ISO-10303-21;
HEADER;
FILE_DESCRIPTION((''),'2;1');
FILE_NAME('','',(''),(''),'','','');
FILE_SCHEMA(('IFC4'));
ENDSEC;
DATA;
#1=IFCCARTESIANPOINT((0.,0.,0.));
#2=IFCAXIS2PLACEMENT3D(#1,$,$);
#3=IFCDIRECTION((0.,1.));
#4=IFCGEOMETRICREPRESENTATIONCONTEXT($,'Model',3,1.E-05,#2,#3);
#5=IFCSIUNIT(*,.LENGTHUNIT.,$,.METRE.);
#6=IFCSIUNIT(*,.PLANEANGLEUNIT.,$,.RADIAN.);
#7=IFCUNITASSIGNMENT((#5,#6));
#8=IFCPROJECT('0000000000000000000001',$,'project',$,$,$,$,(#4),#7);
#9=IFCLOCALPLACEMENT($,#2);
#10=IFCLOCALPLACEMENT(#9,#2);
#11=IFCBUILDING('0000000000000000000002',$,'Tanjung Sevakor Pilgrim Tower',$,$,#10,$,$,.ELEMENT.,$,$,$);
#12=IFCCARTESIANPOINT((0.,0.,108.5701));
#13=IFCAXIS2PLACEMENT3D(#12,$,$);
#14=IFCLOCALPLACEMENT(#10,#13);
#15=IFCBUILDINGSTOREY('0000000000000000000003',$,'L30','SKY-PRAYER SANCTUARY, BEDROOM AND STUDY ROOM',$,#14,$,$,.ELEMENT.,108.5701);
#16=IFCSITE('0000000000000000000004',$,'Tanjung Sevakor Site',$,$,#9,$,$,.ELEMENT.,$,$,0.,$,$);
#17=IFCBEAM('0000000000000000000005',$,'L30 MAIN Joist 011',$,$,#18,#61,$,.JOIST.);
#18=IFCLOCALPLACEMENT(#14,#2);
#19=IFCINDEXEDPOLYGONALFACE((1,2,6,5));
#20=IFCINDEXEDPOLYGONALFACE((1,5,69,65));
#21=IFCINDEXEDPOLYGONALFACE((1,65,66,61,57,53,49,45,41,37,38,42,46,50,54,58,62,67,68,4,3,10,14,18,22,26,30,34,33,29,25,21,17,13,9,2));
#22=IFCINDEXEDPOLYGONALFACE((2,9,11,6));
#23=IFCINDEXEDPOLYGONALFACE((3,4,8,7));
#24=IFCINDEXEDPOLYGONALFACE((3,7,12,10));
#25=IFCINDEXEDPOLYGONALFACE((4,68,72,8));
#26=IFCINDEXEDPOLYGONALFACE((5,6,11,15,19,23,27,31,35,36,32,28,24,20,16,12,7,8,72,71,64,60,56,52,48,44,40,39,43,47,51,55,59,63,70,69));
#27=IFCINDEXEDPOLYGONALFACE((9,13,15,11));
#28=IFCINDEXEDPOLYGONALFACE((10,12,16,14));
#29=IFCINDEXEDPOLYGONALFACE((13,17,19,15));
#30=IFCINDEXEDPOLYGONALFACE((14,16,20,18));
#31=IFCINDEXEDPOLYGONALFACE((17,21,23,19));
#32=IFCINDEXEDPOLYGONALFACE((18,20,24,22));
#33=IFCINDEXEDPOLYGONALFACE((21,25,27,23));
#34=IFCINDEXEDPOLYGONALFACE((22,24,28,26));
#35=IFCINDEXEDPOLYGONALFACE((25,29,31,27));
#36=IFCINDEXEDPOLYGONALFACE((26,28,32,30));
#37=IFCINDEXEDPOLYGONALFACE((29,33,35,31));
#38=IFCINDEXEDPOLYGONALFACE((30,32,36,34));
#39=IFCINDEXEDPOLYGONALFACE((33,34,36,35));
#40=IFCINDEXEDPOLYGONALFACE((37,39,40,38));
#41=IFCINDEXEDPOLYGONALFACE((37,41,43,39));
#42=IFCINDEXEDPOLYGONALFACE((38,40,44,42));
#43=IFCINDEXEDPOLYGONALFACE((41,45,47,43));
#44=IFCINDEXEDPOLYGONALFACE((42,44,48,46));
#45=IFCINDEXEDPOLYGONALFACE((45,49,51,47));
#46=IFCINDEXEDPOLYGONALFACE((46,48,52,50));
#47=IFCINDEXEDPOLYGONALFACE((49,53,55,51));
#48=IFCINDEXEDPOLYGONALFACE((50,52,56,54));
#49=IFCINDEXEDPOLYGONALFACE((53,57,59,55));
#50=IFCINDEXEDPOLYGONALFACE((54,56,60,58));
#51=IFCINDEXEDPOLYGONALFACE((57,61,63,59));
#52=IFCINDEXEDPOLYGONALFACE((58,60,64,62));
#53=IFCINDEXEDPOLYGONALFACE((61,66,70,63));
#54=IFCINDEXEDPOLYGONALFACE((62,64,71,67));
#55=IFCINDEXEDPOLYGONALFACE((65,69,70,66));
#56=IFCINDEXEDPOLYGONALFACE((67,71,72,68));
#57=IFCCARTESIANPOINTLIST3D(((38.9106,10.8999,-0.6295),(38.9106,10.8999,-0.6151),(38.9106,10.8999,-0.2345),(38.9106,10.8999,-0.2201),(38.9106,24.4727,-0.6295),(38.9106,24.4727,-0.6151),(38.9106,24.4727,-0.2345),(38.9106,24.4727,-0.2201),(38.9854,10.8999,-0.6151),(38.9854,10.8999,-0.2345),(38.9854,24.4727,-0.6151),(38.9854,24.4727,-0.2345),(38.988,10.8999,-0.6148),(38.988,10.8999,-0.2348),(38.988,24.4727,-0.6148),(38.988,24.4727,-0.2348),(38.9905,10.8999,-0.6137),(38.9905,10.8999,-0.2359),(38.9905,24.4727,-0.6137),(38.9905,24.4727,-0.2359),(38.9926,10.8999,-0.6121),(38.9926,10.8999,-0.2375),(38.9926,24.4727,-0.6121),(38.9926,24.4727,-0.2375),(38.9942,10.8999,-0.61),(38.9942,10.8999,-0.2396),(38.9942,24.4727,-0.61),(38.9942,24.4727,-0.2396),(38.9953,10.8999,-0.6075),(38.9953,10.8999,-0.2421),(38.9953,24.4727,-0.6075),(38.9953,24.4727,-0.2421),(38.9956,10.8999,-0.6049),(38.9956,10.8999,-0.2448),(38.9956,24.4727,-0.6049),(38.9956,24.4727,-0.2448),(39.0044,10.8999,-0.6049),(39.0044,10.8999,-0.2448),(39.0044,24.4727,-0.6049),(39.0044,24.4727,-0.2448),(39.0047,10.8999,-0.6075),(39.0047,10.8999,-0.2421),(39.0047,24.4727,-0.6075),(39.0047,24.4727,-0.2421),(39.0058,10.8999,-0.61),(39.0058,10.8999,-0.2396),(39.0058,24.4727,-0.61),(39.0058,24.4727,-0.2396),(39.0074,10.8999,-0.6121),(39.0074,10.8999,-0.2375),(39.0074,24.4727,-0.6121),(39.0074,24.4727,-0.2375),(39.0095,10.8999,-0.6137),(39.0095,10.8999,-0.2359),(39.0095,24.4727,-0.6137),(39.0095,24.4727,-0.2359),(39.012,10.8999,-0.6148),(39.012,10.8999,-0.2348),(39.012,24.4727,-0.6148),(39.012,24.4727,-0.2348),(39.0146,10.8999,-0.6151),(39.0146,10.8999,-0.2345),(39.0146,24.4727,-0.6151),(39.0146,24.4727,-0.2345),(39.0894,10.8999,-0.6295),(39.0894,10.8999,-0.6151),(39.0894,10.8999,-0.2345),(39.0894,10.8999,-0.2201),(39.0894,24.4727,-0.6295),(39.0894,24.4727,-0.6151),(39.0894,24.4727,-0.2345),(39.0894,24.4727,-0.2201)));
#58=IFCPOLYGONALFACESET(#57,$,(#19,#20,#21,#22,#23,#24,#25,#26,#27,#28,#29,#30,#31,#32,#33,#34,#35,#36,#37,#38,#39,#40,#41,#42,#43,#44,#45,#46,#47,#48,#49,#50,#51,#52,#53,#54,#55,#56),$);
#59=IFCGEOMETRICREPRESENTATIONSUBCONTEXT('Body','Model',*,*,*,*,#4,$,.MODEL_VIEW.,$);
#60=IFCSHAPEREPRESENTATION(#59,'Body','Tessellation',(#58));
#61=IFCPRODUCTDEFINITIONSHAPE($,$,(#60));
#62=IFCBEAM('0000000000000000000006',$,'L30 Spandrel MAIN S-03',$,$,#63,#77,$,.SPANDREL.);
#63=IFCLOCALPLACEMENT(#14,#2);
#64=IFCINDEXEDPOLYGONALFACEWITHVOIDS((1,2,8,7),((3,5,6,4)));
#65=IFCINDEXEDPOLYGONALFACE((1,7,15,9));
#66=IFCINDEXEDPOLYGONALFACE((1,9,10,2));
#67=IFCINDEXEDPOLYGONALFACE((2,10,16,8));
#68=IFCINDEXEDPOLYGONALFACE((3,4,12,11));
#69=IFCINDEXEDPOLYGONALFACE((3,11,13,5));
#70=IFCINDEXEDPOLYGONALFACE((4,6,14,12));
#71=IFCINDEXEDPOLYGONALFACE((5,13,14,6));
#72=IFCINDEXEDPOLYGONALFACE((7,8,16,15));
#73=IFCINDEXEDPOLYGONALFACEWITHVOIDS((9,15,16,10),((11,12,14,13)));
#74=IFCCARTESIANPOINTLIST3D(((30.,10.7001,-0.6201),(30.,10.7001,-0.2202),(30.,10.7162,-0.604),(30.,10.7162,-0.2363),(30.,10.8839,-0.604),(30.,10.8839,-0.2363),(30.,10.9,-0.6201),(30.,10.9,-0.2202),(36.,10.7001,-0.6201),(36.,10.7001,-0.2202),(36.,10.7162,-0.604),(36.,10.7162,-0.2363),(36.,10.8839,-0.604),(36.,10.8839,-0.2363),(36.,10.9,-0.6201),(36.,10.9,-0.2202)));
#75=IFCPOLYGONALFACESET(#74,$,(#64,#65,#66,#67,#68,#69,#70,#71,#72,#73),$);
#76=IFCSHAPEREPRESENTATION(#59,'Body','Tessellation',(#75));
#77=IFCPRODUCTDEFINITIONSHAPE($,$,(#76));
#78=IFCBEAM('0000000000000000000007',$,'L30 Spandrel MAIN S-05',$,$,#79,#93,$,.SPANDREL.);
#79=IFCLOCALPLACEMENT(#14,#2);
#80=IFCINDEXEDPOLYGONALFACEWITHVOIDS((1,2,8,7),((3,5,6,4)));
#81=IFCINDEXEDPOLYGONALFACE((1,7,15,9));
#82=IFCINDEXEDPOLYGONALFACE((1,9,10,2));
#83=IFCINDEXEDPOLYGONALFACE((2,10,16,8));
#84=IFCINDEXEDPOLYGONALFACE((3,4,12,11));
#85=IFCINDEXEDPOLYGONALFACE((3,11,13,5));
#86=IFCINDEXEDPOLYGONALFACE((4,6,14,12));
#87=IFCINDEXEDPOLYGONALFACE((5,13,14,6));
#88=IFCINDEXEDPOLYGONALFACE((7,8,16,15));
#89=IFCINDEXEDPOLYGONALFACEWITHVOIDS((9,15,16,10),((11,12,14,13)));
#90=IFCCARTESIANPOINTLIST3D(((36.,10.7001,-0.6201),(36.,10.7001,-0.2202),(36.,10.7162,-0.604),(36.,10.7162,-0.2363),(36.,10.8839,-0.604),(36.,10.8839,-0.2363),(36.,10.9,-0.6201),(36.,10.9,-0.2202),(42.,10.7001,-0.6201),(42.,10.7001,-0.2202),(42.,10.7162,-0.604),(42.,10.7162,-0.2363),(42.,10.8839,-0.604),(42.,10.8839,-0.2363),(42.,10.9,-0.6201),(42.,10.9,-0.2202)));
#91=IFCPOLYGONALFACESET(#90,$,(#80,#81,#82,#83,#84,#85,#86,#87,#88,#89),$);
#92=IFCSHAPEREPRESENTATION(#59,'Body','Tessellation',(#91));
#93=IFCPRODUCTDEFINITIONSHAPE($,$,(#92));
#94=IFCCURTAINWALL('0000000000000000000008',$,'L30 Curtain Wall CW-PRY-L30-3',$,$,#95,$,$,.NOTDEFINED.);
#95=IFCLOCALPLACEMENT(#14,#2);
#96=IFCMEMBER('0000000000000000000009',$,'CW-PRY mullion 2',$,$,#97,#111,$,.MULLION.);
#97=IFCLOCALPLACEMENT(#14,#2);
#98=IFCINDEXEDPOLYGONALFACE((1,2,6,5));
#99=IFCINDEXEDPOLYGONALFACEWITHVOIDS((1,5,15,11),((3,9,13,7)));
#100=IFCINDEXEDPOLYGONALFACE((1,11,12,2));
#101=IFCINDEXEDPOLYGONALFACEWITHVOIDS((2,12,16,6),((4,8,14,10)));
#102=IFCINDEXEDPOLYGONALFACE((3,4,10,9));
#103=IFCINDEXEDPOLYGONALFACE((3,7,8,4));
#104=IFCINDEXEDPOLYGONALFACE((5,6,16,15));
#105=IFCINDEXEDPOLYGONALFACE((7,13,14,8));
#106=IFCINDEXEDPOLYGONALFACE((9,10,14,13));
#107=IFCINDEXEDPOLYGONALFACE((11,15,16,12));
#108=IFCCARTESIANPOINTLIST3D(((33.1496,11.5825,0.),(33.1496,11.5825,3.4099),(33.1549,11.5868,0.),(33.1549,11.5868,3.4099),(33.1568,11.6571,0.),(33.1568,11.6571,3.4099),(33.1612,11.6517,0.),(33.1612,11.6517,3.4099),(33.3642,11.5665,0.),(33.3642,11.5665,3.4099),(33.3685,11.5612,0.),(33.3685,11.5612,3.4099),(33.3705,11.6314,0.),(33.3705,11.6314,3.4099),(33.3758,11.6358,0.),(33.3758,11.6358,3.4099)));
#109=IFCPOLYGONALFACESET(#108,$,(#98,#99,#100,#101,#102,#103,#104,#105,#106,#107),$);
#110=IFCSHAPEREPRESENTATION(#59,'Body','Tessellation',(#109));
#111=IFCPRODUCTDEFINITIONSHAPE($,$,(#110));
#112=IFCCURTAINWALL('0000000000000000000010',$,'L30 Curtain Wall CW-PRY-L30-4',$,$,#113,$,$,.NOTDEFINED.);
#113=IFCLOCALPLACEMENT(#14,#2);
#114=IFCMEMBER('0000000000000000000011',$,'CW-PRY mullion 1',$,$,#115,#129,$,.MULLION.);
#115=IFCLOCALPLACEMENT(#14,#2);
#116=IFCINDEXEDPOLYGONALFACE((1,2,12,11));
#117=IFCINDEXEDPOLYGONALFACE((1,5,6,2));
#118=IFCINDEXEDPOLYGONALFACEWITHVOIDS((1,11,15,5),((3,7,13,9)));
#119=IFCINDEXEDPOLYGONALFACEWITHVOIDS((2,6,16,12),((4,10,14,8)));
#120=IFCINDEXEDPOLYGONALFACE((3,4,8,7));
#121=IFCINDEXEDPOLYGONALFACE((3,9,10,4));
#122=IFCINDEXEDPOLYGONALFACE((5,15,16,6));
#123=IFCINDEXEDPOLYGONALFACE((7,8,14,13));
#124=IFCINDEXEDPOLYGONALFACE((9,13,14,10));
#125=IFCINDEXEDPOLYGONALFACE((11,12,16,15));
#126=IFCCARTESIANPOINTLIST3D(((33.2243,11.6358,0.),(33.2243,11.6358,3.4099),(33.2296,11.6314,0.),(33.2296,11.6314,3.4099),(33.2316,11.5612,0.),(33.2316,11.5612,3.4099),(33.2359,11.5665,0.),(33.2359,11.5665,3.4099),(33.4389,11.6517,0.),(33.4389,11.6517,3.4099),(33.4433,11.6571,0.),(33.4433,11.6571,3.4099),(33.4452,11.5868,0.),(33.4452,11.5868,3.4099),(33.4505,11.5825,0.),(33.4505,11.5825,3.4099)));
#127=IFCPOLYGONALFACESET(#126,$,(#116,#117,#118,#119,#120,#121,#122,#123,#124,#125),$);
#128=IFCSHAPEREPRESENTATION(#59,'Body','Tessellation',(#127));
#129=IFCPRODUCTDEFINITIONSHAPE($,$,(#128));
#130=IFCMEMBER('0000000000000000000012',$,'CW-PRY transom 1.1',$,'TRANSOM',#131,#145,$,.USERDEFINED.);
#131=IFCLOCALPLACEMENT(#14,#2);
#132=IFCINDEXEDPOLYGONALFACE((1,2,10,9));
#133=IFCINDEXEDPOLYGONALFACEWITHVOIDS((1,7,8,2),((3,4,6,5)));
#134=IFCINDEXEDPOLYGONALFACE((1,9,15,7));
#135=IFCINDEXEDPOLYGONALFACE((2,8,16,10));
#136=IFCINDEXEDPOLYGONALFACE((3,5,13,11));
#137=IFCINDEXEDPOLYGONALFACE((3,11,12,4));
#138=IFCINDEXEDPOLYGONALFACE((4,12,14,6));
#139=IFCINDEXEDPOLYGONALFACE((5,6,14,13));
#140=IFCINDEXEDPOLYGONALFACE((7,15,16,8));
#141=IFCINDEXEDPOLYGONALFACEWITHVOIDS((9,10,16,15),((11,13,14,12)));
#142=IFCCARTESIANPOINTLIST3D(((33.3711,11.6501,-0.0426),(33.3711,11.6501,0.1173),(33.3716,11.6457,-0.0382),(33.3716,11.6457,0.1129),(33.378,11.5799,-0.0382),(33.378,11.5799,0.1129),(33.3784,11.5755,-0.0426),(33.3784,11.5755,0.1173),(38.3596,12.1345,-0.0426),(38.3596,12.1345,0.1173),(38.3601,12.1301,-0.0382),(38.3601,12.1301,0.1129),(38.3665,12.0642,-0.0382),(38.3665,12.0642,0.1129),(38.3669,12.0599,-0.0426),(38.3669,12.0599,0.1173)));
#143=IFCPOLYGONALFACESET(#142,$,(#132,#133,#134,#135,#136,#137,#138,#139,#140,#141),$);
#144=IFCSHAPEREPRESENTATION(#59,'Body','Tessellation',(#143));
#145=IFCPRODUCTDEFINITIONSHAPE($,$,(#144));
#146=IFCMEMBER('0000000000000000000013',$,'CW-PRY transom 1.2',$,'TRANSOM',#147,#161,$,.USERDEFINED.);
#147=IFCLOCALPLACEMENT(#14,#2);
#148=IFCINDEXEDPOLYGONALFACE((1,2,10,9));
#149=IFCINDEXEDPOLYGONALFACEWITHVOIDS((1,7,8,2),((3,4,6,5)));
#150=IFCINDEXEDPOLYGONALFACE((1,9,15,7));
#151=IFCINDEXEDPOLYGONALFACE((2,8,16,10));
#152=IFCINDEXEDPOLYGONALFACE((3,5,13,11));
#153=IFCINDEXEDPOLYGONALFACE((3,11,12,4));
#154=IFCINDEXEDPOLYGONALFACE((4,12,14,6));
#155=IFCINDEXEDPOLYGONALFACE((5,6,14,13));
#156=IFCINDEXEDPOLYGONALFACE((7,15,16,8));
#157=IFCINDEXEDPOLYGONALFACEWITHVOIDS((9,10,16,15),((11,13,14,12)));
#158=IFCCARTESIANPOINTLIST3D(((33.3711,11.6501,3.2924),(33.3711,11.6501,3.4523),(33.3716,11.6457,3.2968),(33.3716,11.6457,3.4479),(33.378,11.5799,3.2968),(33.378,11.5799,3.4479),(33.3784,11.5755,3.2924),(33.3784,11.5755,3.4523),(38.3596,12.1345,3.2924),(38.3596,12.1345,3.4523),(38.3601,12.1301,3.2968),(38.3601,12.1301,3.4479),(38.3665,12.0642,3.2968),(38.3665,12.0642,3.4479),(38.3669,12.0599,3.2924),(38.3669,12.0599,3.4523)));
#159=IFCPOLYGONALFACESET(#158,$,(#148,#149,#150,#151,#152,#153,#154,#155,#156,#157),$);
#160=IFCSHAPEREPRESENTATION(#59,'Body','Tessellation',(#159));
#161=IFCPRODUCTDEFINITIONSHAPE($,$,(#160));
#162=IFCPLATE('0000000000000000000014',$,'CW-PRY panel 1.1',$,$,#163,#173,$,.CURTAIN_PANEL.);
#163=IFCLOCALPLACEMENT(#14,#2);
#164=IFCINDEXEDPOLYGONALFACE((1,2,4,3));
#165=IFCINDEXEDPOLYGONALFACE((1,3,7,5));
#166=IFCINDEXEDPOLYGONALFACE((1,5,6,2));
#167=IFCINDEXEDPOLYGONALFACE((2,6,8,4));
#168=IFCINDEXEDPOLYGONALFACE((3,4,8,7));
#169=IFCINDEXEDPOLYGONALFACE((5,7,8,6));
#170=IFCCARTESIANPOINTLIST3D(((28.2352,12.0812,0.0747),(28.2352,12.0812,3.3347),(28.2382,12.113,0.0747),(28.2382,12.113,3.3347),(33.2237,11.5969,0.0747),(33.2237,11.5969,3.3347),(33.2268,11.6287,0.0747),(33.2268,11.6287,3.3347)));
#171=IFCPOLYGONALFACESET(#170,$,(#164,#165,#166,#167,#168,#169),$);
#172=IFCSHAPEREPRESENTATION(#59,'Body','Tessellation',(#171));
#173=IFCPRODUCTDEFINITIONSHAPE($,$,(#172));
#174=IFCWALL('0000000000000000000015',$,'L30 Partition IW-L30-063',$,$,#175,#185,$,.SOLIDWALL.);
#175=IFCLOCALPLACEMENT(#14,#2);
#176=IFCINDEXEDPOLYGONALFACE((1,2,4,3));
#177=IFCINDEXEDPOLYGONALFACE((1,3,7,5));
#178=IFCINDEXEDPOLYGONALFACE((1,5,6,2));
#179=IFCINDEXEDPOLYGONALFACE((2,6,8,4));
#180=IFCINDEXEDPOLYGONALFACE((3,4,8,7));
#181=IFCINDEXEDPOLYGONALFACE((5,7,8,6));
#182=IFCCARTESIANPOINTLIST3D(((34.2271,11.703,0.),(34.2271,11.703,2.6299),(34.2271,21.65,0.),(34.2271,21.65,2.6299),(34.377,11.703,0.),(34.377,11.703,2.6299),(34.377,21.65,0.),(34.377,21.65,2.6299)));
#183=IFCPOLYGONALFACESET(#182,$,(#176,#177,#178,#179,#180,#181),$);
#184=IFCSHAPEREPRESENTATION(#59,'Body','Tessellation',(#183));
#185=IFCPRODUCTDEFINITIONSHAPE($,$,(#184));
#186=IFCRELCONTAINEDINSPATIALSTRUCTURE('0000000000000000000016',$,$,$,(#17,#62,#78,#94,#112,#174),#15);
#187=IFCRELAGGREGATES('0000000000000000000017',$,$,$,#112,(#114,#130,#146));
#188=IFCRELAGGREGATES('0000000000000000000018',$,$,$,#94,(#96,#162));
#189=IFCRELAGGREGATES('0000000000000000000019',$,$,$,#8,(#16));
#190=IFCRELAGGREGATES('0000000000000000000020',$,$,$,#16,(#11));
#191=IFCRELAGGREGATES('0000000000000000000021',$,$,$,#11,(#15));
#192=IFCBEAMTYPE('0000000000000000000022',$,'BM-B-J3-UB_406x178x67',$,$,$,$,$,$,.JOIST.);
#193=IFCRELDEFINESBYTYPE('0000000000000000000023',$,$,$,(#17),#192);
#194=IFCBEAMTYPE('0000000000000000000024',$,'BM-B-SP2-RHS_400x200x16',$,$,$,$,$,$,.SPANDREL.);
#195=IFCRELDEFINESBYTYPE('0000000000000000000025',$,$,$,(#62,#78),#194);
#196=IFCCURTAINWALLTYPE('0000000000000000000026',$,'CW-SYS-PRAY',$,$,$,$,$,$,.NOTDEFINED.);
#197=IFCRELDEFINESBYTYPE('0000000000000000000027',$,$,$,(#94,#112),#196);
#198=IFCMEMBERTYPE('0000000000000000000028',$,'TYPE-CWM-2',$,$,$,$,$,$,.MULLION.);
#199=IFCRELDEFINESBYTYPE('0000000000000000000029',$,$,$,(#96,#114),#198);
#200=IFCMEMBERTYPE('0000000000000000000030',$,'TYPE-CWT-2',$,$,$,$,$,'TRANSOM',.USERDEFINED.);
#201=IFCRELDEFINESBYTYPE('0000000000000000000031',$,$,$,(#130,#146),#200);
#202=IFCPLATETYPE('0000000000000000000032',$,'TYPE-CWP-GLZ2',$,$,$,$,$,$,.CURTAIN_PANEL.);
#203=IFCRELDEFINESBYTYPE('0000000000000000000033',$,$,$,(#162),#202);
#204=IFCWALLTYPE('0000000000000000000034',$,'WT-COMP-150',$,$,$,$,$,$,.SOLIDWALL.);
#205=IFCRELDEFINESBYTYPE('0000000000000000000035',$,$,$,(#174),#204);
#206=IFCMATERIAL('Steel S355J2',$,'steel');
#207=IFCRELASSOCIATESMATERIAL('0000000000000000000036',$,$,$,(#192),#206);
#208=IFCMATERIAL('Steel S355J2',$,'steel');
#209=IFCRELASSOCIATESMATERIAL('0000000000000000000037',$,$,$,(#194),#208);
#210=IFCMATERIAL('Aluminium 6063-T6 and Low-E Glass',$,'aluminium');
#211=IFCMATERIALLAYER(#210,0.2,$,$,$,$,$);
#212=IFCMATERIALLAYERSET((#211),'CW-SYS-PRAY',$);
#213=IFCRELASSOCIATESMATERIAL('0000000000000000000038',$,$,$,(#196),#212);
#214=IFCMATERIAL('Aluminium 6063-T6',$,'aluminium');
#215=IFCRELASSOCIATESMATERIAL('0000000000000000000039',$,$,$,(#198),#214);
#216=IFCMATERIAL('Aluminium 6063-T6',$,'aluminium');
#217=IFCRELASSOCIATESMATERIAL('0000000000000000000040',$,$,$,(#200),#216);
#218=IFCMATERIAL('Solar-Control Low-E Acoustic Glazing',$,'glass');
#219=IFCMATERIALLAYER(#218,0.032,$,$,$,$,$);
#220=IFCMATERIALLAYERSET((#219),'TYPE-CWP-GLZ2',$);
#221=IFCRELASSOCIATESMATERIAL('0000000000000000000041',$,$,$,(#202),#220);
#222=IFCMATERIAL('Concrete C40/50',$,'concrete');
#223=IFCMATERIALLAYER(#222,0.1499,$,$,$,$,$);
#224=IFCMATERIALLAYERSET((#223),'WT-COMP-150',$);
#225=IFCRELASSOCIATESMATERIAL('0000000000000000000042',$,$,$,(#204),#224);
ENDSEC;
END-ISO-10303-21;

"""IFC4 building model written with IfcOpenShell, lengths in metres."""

from ifc_helpers import new_model, si_unit, direction, frame, frame_2d, origin, origin_2d, place, context, subcontext, project, spatial, rectangle, hollow_rectangle, i_section, extrude, material, layer, layer_set, material_profile, profile_set, type_object, element, aggregate, save


model = new_model("IFC4")

# Units and contexts
model_context = context("Model", 3, precision=1e-05, world=origin(), true_north=direction((0.0, 1.0)))
body_context = subcontext(model_context, "Body", "Model", "MODEL_VIEW")
ifc_project = project(units=[si_unit("LENGTHUNIT", "METRE"), si_unit("PLANEANGLEUNIT", "RADIAN")], contexts=[model_context])

# Site, building, storey
site_placement = place(None, origin())
site = spatial("IfcSite", under=ifc_project, at=site_placement, Name="Tanjung Sevakor Site", CompositionType="ELEMENT", RefElevation=0.0)
building_placement = place(site_placement, origin())
building = spatial("IfcBuilding", under=site, at=building_placement, Name="Tanjung Sevakor Pilgrim Tower", CompositionType="ELEMENT")
storey_placement = place(building_placement, frame((0.0, 0.0, 108.5701)))
storey = spatial("IfcBuildingStorey", under=building, at=storey_placement, Name="L30", Description="SKY-PRAYER SANCTUARY, BEDROOM AND STUDY ROOM", CompositionType="ELEMENT", Elevation=108.5701)

# Beams
ifc_material_1 = material(Name="Steel S355J2", Category="steel")
ifc_material_profile_1 = material_profile(ifc_material_1, i_section(OverallWidth=0.1787, OverallDepth=0.4094, WebThickness=0.0088, FlangeThickness=0.0144, FilletRadius=0.0103, at=origin_2d()))
ifc_profile_set_1 = profile_set([ifc_material_profile_1], Name="Steel S355J2")
beam_type_1 = type_object("IfcBeamType", Name="BM-B-J3-UB_406x178x67", PredefinedType="JOIST", material=ifc_profile_set_1)
for number, where, z_axis, x_axis, name in (
    (1, (39.0, 10.8999, -0.4248), (0.0, 1.0, 0.0), (-1.0, 0.0, 0.0), "L30 MAIN Joist 011"),
):
    element("IfcBeam", number, at=place(storey_placement, frame(where, z_axis=z_axis, x_axis=x_axis)), inside=storey, type_object=beam_type_1, Name=name, PredefinedType="JOIST", context=body_context, shape_type="SweptSolid", body=[
        extrude(i_section(OverallWidth=0.1787, OverallDepth=0.4094, WebThickness=0.0088, FlangeThickness=0.0144, FilletRadius=0.0103, at=origin_2d()), origin(), (0.0, 0.0, 1.0), 13.5728),
    ])
ifc_material_2 = material(Name="Steel S355J2", Category="steel")
ifc_material_profile_2 = material_profile(ifc_material_2, hollow_rectangle(XDim=0.2, YDim=0.3999, WallThickness=0.0161, at=origin_2d()))
ifc_profile_set_2 = profile_set([ifc_material_profile_2], Name="Steel S355J2")
beam_type_2 = type_object("IfcBeamType", Name="BM-B-SP2-RHS_400x200x16", PredefinedType="SPANDREL", material=ifc_profile_set_2)
for number, where, z_axis, x_axis, name in (
    (2, (30.0, 10.8, -0.4202), (1.0, 0.0, 0.0), (0.0, 1.0, 0.0), "L30 Spandrel MAIN S-03"),
    (3, (36.0, 10.8, -0.4202), (1.0, 0.0, 0.0), (0.0, 1.0, 0.0), "L30 Spandrel MAIN S-05"),
):
    element("IfcBeam", number, at=place(storey_placement, frame(where, z_axis=z_axis, x_axis=x_axis)), inside=storey, type_object=beam_type_2, Name=name, PredefinedType="SPANDREL", context=body_context, shape_type="SweptSolid", body=[
        extrude(hollow_rectangle(XDim=0.2, YDim=0.3999, WallThickness=0.0161, at=origin_2d()), origin(), (0.0, 0.0, 1.0), 6.0),
    ])

# Curtain wall, member
ifc_material_3 = material(Name="Aluminium 6063-T6 and Low-E Glass", Category="aluminium")
ifc_layer_1 = layer(ifc_material_3, 0.2)
ifc_layer_set_1 = layer_set([ifc_layer_1], Name="CW-SYS-PRAY")
curtain_wall_type = type_object("IfcCurtainWallType", Name="CW-SYS-PRAY", PredefinedType="NOTDEFINED", material=ifc_layer_set_1)
curtain_wall_1_placement = place(storey_placement, origin())
curtain_wall_1 = element("IfcCurtainWall", 4, at=curtain_wall_1_placement, inside=storey, type_object=curtain_wall_type, Name="L30 Curtain Wall CW-PRY-L30-3", PredefinedType="NOTDEFINED")
ifc_material_4 = material(Name="Aluminium 6063-T6", Category="aluminium")
ifc_material_profile_3 = material_profile(ifc_material_4, hollow_rectangle(XDim=0.075, YDim=0.22, WallThickness=0.0049, at=origin_2d()))
ifc_profile_set_3 = profile_set([ifc_material_profile_3], Name="Aluminium 6063-T6")
member_type_1 = type_object("IfcMemberType", Name="TYPE-CWM-2", PredefinedType="MULLION", material=ifc_profile_set_3)
member_1_placement = place(storey_placement, frame((33.2627, 11.6091, 0.0), z_axis=(0.0, 0.0, 1.0), x_axis=(0.096628, 0.995321, 0.0)))
member_1 = element("IfcMember", 5, at=member_1_placement, type_object=member_type_1, Name="CW-PRY mullion 2", PredefinedType="MULLION", context=body_context, shape_type="SweptSolid", body=[
    extrude(hollow_rectangle(XDim=0.075, YDim=0.22, WallThickness=0.0049, at=origin_2d()), origin(), (0.0, 0.0, 1.0), 3.4099),
])

# Curtain wall, members
curtain_wall_2_placement = place(storey_placement, origin())
curtain_wall_2 = element("IfcCurtainWall", 6, at=curtain_wall_2_placement, inside=storey, type_object=curtain_wall_type, Name="L30 Curtain Wall CW-PRY-L30-4", PredefinedType="NOTDEFINED")
member_2_placement = place(storey_placement, frame((33.3374, 11.6091, 0.0), z_axis=(0.0, 0.0, 1.0), x_axis=(-0.096628, 0.995321, 0.0)))
member_2 = element("IfcMember", 7, at=member_2_placement, type_object=member_type_1, Name="CW-PRY mullion 1", PredefinedType="MULLION", context=body_context, shape_type="SweptSolid", body=[
    extrude(hollow_rectangle(XDim=0.075, YDim=0.22, WallThickness=0.0049, at=origin_2d()), origin(), (0.0, 0.0, 1.0), 3.4099),
])
ifc_material_5 = material(Name="Aluminium 6063-T6", Category="aluminium")
ifc_material_profile_4 = material_profile(ifc_material_5, hollow_rectangle(XDim=0.075, YDim=0.1599, WallThickness=0.0044, at=origin_2d()))
ifc_profile_set_4 = profile_set([ifc_material_profile_4], Name="Aluminium 6063-T6")
member_type_2 = type_object("IfcMemberType", Name="TYPE-CWT-2", ElementType="TRANSOM", PredefinedType="USERDEFINED", material=ifc_profile_set_4)
member_3_placement = place(storey_placement, frame((33.3748, 11.6128, 0.0374), z_axis=(0.995319, 0.096643, 0.0), x_axis=(-0.096643, 0.995319, 0.0)))
member_3 = element("IfcMember", 8, at=member_3_placement, type_object=member_type_2, Name="CW-PRY transom 1.1", ObjectType="TRANSOM", PredefinedType="USERDEFINED", context=body_context, shape_type="SweptSolid", body=[
    extrude(hollow_rectangle(XDim=0.075, YDim=0.1599, WallThickness=0.0044, at=origin_2d()), origin(), (0.0, 0.0, 1.0), 5.012),
])
member_4_placement = place(storey_placement, frame((33.3748, 11.6128, 3.3723), z_axis=(0.995319, 0.096643, 0.0), x_axis=(-0.096643, 0.995319, 0.0)))
member_4 = element("IfcMember", 9, at=member_4_placement, type_object=member_type_2, Name="CW-PRY transom 1.2", ObjectType="TRANSOM", PredefinedType="USERDEFINED", context=body_context, shape_type="SweptSolid", body=[
    extrude(hollow_rectangle(XDim=0.075, YDim=0.1599, WallThickness=0.0044, at=origin_2d()), origin(), (0.0, 0.0, 1.0), 5.012),
])
aggregate(curtain_wall_2, [member_2, member_3, member_4])

# Plate
ifc_material_6 = material(Name="Solar-Control Low-E Acoustic Glazing", Category="glass")
ifc_layer_2 = layer(ifc_material_6, 0.032)
ifc_layer_set_2 = layer_set([ifc_layer_2], Name="TYPE-CWP-GLZ2")
plate_type = type_object("IfcPlateType", Name="TYPE-CWP-GLZ2", PredefinedType="CURTAIN_PANEL", material=ifc_layer_set_2)
plate_placement = place(storey_placement, frame((30.731, 11.855, 0.0747), z_axis=(0.0, 0.0, 1.0), x_axis=(0.995321, -0.096628, 0.0)))
plate = element("IfcPlate", 10, at=plate_placement, type_object=plate_type, Name="CW-PRY panel 1.1", PredefinedType="CURTAIN_PANEL", context=body_context, shape_type="SweptSolid", body=[
    extrude(rectangle(XDim=5.012, YDim=0.032, at=origin_2d()), origin(), (0.0, 0.0, 1.0), 3.26),
])
aggregate(curtain_wall_1, [member_1, plate])

# Wall
ifc_material_7 = material(Name="Concrete C40/50", Category="concrete")
ifc_layer_3 = layer(ifc_material_7, 0.1499)
ifc_layer_set_3 = layer_set([ifc_layer_3], Name="WT-COMP-150")
wall_type_1 = type_object("IfcWallType", Name="WT-COMP-150", PredefinedType="SOLIDWALL", material=ifc_layer_set_3)
wall_1_placement = place(storey_placement, frame((34.302, 11.7029, 0.0), z_axis=(0.0, 0.0, 1.0), x_axis=(0.0, 1.0, 0.0)))
element("IfcWall", 11, at=wall_1_placement, inside=storey, type_object=wall_type_1, Name="L30 Partition IW-L30-063", PredefinedType="SOLIDWALL", context=body_context, shape_type="SweptSolid", body=[
    extrude(rectangle(XDim=9.947, YDim=0.1499, at=frame_2d((4.9736, 0.0))), origin(), (0.0, 0.0, 1.0), 2.6299),
])

save(model, "model.ifc")
